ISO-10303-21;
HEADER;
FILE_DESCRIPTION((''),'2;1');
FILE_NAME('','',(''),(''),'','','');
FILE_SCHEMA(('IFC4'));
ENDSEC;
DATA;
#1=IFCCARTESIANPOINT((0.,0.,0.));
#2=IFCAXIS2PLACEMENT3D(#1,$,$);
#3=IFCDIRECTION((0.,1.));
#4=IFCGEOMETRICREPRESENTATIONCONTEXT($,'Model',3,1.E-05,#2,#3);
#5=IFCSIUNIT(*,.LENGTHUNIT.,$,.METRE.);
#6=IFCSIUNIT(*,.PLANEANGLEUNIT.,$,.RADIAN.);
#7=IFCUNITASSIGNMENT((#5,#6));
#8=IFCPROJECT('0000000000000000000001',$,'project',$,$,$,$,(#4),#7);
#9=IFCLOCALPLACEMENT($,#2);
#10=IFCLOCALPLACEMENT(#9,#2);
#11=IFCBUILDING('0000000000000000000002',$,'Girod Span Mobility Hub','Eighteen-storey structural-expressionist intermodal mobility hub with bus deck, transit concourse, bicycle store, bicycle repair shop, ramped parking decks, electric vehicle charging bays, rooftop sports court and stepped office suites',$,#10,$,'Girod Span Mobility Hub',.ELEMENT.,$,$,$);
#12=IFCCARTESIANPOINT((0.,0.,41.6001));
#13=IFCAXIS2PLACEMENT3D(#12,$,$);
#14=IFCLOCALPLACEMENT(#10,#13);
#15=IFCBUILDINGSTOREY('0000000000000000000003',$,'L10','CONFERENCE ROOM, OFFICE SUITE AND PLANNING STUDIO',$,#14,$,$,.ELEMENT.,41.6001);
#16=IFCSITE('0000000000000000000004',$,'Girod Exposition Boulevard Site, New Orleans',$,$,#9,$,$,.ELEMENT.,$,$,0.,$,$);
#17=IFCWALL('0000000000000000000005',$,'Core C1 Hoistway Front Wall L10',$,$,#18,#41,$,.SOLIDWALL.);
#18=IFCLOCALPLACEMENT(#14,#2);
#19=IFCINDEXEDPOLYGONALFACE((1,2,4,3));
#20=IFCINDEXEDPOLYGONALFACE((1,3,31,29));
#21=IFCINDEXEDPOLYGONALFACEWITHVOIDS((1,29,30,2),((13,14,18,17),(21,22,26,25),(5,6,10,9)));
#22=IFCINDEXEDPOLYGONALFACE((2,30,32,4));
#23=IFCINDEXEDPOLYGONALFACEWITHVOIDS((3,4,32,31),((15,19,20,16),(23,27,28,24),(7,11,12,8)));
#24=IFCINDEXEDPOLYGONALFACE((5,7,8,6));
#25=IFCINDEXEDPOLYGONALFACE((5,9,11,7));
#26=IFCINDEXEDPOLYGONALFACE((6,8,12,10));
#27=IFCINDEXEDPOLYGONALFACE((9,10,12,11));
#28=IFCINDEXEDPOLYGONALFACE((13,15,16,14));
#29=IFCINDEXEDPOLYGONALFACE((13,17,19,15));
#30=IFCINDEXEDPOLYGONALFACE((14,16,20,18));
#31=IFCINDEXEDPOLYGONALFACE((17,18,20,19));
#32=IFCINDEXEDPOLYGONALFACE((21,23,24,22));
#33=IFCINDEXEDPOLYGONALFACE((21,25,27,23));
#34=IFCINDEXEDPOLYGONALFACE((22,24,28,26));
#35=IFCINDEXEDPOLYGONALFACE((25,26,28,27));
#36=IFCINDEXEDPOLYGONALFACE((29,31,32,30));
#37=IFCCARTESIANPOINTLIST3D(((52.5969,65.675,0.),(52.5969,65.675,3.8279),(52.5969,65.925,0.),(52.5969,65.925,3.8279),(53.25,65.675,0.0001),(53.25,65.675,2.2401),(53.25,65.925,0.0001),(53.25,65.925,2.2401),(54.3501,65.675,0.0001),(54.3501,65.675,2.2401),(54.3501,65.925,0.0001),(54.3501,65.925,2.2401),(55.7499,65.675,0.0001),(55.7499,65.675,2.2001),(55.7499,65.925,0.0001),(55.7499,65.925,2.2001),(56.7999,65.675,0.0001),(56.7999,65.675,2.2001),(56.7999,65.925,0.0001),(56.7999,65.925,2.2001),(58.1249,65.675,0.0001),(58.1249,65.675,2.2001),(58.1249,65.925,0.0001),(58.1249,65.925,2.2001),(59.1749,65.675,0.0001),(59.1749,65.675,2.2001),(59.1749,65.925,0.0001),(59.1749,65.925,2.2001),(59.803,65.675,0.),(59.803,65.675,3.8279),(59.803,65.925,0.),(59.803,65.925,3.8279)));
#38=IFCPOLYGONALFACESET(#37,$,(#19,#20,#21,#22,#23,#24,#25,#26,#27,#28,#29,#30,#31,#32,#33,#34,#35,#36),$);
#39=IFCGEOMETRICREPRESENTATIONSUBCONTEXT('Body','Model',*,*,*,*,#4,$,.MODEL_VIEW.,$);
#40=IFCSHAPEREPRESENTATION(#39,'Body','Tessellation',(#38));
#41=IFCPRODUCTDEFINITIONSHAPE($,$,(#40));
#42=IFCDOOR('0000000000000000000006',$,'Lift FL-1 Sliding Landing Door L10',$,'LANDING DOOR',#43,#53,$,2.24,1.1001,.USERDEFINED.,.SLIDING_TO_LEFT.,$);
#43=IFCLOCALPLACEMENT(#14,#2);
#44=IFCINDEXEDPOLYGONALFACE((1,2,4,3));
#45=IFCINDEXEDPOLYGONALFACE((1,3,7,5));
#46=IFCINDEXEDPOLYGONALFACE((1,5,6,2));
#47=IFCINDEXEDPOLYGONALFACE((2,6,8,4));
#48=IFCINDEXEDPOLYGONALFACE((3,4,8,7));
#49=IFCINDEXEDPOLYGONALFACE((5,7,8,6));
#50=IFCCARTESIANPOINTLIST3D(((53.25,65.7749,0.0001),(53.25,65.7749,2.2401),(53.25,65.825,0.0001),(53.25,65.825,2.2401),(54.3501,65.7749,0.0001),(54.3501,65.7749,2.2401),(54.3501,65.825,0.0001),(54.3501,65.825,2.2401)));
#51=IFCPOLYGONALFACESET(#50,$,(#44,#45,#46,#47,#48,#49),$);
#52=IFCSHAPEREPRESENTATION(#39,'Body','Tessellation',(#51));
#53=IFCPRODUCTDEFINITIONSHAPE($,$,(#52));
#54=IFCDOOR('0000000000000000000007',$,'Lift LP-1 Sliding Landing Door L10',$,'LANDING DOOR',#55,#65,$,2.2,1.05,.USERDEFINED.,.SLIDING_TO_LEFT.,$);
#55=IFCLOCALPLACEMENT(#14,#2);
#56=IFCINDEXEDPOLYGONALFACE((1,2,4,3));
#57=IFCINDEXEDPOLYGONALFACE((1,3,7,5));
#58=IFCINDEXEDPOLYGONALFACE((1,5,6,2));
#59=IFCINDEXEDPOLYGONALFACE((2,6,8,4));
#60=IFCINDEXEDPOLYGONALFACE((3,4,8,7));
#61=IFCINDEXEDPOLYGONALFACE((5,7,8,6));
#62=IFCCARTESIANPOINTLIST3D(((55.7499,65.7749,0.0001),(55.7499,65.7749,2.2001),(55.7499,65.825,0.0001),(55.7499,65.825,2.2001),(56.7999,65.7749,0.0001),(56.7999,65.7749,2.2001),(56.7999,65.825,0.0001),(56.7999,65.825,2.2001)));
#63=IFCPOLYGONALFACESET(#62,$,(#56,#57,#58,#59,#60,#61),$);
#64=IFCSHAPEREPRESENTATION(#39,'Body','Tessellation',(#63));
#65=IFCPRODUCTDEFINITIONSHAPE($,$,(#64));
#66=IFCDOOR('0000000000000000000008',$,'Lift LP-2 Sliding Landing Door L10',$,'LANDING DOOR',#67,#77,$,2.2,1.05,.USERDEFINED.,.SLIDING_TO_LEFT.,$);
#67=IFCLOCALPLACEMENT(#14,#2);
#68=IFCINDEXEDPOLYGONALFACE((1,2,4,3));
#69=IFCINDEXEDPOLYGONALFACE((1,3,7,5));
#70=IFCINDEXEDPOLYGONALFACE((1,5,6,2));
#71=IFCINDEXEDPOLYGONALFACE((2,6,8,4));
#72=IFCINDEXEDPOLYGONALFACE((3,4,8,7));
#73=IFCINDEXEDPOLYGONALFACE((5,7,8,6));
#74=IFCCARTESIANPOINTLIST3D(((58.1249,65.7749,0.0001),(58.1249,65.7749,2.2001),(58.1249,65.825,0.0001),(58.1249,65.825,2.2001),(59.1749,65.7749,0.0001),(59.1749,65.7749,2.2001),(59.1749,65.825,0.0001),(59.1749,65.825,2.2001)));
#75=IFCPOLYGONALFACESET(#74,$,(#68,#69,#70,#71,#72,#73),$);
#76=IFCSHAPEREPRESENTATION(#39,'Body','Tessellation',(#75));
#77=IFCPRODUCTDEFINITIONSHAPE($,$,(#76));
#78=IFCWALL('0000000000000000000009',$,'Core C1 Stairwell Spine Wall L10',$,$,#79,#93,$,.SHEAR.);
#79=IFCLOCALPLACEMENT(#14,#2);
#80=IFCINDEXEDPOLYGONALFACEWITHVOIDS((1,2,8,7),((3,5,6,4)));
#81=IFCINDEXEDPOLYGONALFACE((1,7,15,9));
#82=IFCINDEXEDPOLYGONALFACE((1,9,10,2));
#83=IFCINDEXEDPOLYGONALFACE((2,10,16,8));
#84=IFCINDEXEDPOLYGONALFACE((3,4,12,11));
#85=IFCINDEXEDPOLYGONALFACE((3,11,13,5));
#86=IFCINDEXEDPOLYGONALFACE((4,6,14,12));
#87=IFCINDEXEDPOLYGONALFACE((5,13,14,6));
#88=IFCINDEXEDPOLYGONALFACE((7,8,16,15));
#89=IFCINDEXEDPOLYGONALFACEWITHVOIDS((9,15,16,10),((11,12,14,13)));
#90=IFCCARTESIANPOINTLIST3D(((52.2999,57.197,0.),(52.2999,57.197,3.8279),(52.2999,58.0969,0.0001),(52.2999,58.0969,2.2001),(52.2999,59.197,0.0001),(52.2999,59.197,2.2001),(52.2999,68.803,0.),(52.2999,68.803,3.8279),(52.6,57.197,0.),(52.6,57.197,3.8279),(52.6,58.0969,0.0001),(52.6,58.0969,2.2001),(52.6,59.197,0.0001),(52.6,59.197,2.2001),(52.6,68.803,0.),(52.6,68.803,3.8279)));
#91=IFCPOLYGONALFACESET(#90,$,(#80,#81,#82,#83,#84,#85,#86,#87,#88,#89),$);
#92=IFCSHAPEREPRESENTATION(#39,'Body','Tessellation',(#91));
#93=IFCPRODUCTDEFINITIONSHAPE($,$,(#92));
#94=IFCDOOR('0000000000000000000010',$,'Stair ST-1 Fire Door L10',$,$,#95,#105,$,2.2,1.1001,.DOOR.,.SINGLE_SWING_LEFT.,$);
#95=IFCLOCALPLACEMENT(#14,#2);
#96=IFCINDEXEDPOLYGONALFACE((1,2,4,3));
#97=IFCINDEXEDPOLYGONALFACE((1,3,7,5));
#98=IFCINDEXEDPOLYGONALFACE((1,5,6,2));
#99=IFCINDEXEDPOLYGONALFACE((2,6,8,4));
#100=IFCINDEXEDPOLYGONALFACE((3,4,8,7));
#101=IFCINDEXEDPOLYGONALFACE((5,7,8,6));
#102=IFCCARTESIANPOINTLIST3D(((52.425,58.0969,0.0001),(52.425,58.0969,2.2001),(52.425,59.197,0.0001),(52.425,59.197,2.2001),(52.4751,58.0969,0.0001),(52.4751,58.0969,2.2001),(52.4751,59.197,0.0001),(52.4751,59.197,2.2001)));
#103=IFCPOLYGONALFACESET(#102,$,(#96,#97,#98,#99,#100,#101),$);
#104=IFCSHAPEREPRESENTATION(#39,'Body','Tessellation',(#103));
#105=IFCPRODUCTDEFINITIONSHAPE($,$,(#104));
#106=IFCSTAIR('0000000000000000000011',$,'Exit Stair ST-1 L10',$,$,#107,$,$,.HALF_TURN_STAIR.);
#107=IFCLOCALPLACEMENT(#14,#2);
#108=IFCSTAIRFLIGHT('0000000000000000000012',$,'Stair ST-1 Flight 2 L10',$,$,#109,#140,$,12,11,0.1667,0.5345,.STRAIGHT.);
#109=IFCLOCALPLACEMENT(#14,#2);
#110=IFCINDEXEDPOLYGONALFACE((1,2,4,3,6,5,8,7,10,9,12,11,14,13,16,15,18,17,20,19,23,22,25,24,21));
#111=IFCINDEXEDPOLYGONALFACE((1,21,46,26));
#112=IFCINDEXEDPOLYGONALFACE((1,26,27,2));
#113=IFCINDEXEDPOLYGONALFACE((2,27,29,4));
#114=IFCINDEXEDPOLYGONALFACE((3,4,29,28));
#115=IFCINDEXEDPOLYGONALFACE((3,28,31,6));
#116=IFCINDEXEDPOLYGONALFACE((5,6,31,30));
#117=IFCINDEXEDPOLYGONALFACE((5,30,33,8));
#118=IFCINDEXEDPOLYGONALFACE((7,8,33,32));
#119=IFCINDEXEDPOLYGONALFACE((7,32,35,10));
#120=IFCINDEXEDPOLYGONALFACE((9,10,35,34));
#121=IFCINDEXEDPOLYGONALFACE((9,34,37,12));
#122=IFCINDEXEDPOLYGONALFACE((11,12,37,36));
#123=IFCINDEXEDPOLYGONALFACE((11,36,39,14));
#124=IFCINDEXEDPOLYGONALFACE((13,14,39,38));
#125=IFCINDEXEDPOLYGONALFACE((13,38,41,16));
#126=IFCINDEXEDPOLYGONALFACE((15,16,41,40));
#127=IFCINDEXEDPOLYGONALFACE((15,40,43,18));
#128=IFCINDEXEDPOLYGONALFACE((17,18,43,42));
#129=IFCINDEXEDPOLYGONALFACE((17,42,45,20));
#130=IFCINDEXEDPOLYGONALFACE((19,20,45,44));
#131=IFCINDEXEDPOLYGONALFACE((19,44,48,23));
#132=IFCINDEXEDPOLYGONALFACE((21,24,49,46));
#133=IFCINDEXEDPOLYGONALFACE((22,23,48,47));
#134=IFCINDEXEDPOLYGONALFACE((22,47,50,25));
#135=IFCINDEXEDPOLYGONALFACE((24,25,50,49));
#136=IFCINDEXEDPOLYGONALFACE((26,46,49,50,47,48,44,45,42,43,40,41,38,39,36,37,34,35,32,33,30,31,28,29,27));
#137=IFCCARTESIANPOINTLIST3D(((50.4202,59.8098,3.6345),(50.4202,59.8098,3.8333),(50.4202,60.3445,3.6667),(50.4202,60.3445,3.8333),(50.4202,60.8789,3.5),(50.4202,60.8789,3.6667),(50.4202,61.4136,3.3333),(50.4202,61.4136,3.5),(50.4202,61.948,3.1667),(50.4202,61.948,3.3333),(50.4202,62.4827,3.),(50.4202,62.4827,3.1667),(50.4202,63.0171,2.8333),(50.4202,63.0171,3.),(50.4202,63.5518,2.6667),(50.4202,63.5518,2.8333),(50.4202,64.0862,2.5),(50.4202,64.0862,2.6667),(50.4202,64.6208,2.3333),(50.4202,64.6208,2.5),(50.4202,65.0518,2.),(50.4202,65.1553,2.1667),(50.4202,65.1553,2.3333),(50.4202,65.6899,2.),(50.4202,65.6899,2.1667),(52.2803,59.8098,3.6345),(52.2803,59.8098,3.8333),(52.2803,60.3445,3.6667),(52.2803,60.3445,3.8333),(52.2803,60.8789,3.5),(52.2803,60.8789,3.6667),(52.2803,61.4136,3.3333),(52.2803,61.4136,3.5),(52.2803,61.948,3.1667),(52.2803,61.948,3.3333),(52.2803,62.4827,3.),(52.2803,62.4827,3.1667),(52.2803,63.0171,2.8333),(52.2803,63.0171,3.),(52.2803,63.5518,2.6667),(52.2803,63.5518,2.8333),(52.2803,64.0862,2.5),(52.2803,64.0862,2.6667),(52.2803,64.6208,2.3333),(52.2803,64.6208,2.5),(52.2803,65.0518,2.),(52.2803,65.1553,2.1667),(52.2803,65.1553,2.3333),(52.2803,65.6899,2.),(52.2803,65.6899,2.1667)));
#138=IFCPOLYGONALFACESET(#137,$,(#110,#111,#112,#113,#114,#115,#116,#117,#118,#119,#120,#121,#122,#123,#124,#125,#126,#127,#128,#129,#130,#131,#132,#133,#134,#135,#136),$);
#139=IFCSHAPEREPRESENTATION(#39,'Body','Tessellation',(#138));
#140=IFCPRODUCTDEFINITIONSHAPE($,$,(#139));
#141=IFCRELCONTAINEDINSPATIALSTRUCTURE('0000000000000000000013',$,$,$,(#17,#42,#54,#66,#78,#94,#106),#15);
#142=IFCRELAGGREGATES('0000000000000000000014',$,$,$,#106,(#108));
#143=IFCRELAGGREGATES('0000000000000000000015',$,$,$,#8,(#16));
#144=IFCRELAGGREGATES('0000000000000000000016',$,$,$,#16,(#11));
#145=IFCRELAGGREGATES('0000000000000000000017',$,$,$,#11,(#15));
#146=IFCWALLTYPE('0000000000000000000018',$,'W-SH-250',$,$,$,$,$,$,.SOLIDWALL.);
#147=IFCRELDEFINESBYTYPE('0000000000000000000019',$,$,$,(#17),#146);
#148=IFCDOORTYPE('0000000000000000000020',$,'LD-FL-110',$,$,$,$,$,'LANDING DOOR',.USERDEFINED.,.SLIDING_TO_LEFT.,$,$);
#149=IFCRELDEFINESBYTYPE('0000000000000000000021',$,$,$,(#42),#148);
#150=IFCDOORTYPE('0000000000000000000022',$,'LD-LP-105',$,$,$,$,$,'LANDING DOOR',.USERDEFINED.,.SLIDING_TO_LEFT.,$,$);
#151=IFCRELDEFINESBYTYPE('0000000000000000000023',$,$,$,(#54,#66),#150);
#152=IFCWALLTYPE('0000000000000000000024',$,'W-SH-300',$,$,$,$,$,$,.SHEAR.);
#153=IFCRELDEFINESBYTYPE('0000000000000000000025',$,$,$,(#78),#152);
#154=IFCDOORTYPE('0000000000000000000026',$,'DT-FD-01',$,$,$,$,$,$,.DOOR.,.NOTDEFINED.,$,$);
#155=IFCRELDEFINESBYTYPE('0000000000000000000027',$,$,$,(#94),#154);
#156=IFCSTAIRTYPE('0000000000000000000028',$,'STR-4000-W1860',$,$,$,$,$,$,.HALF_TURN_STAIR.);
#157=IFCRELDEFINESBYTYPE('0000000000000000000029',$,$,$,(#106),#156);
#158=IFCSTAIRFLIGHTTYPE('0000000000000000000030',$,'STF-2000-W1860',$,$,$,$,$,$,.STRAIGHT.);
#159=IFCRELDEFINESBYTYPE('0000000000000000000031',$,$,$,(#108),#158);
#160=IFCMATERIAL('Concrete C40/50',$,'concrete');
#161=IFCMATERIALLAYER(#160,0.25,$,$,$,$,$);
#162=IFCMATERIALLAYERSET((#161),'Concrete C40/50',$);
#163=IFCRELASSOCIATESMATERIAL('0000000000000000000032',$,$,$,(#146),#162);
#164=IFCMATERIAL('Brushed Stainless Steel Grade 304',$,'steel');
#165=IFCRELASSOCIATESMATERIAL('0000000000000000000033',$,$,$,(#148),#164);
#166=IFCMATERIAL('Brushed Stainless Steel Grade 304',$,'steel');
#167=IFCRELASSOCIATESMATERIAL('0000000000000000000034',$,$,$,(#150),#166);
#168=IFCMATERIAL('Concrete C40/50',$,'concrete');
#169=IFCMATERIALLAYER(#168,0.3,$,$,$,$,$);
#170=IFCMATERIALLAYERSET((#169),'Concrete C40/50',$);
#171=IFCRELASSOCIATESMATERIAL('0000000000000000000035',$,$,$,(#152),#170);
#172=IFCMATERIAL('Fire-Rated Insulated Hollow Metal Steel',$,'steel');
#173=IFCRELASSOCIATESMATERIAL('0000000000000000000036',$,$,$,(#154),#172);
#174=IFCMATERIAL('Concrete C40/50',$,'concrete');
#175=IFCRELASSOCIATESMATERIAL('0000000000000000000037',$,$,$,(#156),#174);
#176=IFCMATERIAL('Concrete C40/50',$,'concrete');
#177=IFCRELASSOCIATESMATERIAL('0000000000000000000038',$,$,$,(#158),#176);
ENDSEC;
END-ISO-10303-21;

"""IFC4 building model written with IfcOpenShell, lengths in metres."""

from ifc_helpers import new_model, si_unit, direction, frame, frame_2d, origin, place, context, subcontext, project, spatial, polyline, rectangle, outline, extrude, material, layer, layer_set, type_object, element, fill, aggregate, save


model = new_model("IFC4")

# Units and contexts
model_context = context("Model", 3, precision=1e-05, world=origin(), true_north=direction((0.0, 1.0)))
body_context = subcontext(model_context, "Body", "Model", "MODEL_VIEW")
ifc_project = project(units=[si_unit("LENGTHUNIT", "METRE"), si_unit("PLANEANGLEUNIT", "RADIAN")], contexts=[model_context])

# Site, building, storey
site_placement = place(None, origin())
site = spatial("IfcSite", under=ifc_project, at=site_placement, Name="Girod Exposition Boulevard Site, New Orleans", CompositionType="ELEMENT", RefElevation=0.0)
building_placement = place(site_placement, origin())
building = spatial("IfcBuilding", under=site, at=building_placement, Name="Girod Span Mobility Hub", Description="Eighteen-storey structural-expressionist intermodal mobility hub with bus deck, transit concourse, bicycle store, bicycle repair shop, ramped parking decks, electric vehicle charging bays, rooftop sports court and stepped office suites", LongName="Girod Span Mobility Hub", CompositionType="ELEMENT")
storey_placement = place(building_placement, frame((0.0, 0.0, 41.6001)))
storey = spatial("IfcBuildingStorey", under=building, at=storey_placement, Name="L10", Description="CONFERENCE ROOM, OFFICE SUITE AND PLANNING STUDIO", CompositionType="ELEMENT", Elevation=41.6001)

# Wall, openings, doors
ifc_material_1 = material(Name="Concrete C40/50", Category="concrete")
ifc_layer_1 = layer(ifc_material_1, 0.25)
ifc_layer_set_1 = layer_set([ifc_layer_1], Name="Concrete C40/50")
wall_type_1 = type_object("IfcWallType", Name="W-SH-250", PredefinedType="SOLIDWALL", material=ifc_layer_set_1)
wall_1_placement = place(storey_placement, frame((52.5969, 65.8, 0.0), z_axis=(0.0, 0.0, 1.0), x_axis=(1.0, 0.0, 0.0)))
wall_1 = element("IfcWall", 1, at=wall_1_placement, inside=storey, type_object=wall_type_1, Name="Core C1 Hoistway Front Wall L10", PredefinedType="SOLIDWALL", context=body_context, shape_type="SweptSolid", body=[
    extrude(rectangle(XDim=7.2061, YDim=0.25, at=frame_2d((3.603, 0.0))), origin(), (0.0, 0.0, 1.0), 3.8279),
])
opening_1_placement = place(wall_1_placement, frame((0.6531, 0.0, 0.0)))
opening_1 = element("IfcOpeningElement", 2, at=opening_1_placement, cuts=wall_1, PredefinedType="OPENING", context=body_context, shape_type="SweptSolid", body=[
    extrude(rectangle(XDim=1.1001, YDim=2.24, at=frame_2d((0.55, 1.1201))), frame((0.0, 0.1399, 0.0), z_axis=(0.0, -1.0, 0.0), x_axis=(1.0, 0.0, 0.0)), (0.0, 0.0, 1.0), 0.28),
])
opening_2_placement = place(wall_1_placement, frame((3.1531, 0.0, 0.0)))
opening_2 = element("IfcOpeningElement", 3, at=opening_2_placement, cuts=wall_1, PredefinedType="OPENING", context=body_context, shape_type="SweptSolid", body=[
    extrude(rectangle(XDim=1.05, YDim=2.2, at=frame_2d((0.5249, 1.1001))), frame((0.0, 0.1399, 0.0), z_axis=(0.0, -1.0, 0.0), x_axis=(1.0, 0.0, 0.0)), (0.0, 0.0, 1.0), 0.28),
])
opening_3_placement = place(wall_1_placement, frame((5.5281, 0.0, 0.0)))
opening_3 = element("IfcOpeningElement", 4, at=opening_3_placement, cuts=wall_1, PredefinedType="OPENING", context=body_context, shape_type="SweptSolid", body=[
    extrude(rectangle(XDim=1.05, YDim=2.2, at=frame_2d((0.5249, 1.1001))), frame((0.0, 0.1399, 0.0), z_axis=(0.0, -1.0, 0.0), x_axis=(1.0, 0.0, 0.0)), (0.0, 0.0, 1.0), 0.28),
])
ifc_material_2 = material(Name="Brushed Stainless Steel Grade 304", Category="steel")
door_type_1 = type_object("IfcDoorType", Name="LD-FL-110", ElementType="LANDING DOOR", OperationType="SLIDING_TO_LEFT", PredefinedType="USERDEFINED", material=ifc_material_2)
door_1_placement = place(opening_1_placement, origin())
door_1 = element("IfcDoor", 5, at=door_1_placement, inside=storey, type_object=door_type_1, Name="Lift FL-1 Sliding Landing Door L10", ObjectType="LANDING DOOR", OperationType="SLIDING_TO_LEFT", OverallHeight=2.24, OverallWidth=1.1001, PredefinedType="USERDEFINED", context=body_context, shape_type="SweptSolid", body=[
    extrude(rectangle(XDim=1.1001, YDim=2.24, at=frame_2d((0.55, 1.1201))), frame((0.0, 0.0249, 0.0), z_axis=(0.0, -1.0, 0.0), x_axis=(1.0, 0.0, 0.0)), (0.0, 0.0, 1.0), 0.05),
])
fill(opening_1, door_1)
ifc_material_3 = material(Name="Brushed Stainless Steel Grade 304", Category="steel")
door_type_2 = type_object("IfcDoorType", Name="LD-LP-105", ElementType="LANDING DOOR", OperationType="SLIDING_TO_LEFT", PredefinedType="USERDEFINED", material=ifc_material_3)
door_2_placement = place(opening_2_placement, origin())
door_2 = element("IfcDoor", 6, at=door_2_placement, inside=storey, type_object=door_type_2, Name="Lift LP-1 Sliding Landing Door L10", ObjectType="LANDING DOOR", OperationType="SLIDING_TO_LEFT", OverallHeight=2.2, OverallWidth=1.05, PredefinedType="USERDEFINED", context=body_context, shape_type="SweptSolid", body=[
    extrude(rectangle(XDim=1.05, YDim=2.2, at=frame_2d((0.5249, 1.1001))), frame((0.0, 0.0249, 0.0), z_axis=(0.0, -1.0, 0.0), x_axis=(1.0, 0.0, 0.0)), (0.0, 0.0, 1.0), 0.05),
])
fill(opening_2, door_2)
door_3_placement = place(opening_3_placement, origin())
door_3 = element("IfcDoor", 7, at=door_3_placement, inside=storey, type_object=door_type_2, Name="Lift LP-2 Sliding Landing Door L10", ObjectType="LANDING DOOR", OperationType="SLIDING_TO_LEFT", OverallHeight=2.2, OverallWidth=1.05, PredefinedType="USERDEFINED", context=body_context, shape_type="SweptSolid", body=[
    extrude(rectangle(XDim=1.05, YDim=2.2, at=frame_2d((0.5249, 1.1001))), frame((0.0, 0.0249, 0.0), z_axis=(0.0, -1.0, 0.0), x_axis=(1.0, 0.0, 0.0)), (0.0, 0.0, 1.0), 0.05),
])
fill(opening_3, door_3)

# Wall, opening, door
ifc_material_4 = material(Name="Concrete C40/50", Category="concrete")
ifc_layer_2 = layer(ifc_material_4, 0.3)
ifc_layer_set_2 = layer_set([ifc_layer_2], Name="Concrete C40/50")
wall_type_2 = type_object("IfcWallType", Name="W-SH-300", PredefinedType="SHEAR", material=ifc_layer_set_2)
wall_2_placement = place(storey_placement, frame((52.45, 57.197, 0.0), z_axis=(0.0, 0.0, 1.0), x_axis=(0.0, 1.0, 0.0)))
wall_2 = element("IfcWall", 8, at=wall_2_placement, inside=storey, type_object=wall_type_2, Name="Core C1 Stairwell Spine Wall L10", PredefinedType="SHEAR", context=body_context, shape_type="SweptSolid", body=[
    extrude(rectangle(XDim=11.606, YDim=0.3, at=frame_2d((5.803, 0.0))), origin(), (0.0, 0.0, 1.0), 3.8279),
])
opening_4_placement = place(wall_2_placement, frame((0.8999, 0.0, 0.0)))
opening_4 = element("IfcOpeningElement", 9, at=opening_4_placement, cuts=wall_2, PredefinedType="OPENING", context=body_context, shape_type="SweptSolid", body=[
    extrude(rectangle(XDim=1.1001, YDim=2.2, at=frame_2d((0.55, 1.1001))), frame((0.0, 0.165, 0.0), z_axis=(0.0, -1.0, 0.0), x_axis=(1.0, 0.0, 0.0)), (0.0, 0.0, 1.0), 0.3301),
])
ifc_material_5 = material(Name="Fire-Rated Insulated Hollow Metal Steel", Category="steel")
door_type_3 = type_object("IfcDoorType", Name="DT-FD-01", OperationType="NOTDEFINED", PredefinedType="DOOR", material=ifc_material_5)
door_4_placement = place(opening_4_placement, origin())
door_4 = element("IfcDoor", 10, at=door_4_placement, inside=storey, type_object=door_type_3, Name="Stair ST-1 Fire Door L10", OperationType="SINGLE_SWING_LEFT", OverallHeight=2.2, OverallWidth=1.1001, PredefinedType="DOOR", context=body_context, shape_type="SweptSolid", body=[
    extrude(rectangle(XDim=1.1001, YDim=2.2, at=frame_2d((0.55, 1.1001))), frame((0.0, 0.0249, 0.0), z_axis=(0.0, -1.0, 0.0), x_axis=(1.0, 0.0, 0.0)), (0.0, 0.0, 1.0), 0.05),
])
fill(opening_4, door_4)

# Stair, stair flight
ifc_material_6 = material(Name="Concrete C40/50", Category="concrete")
stair_type = type_object("IfcStairType", Name="STR-4000-W1860", PredefinedType="HALF_TURN_STAIR", material=ifc_material_6)
stair_placement = place(storey_placement, origin())
stair = element("IfcStair", 11, at=stair_placement, inside=storey, type_object=stair_type, Name="Exit Stair ST-1 L10", PredefinedType="HALF_TURN_STAIR")
ifc_material_7 = material(Name="Concrete C40/50", Category="concrete")
stair_flight_type = type_object("IfcStairFlightType", Name="STF-2000-W1860", PredefinedType="STRAIGHT", material=ifc_material_7)
stair_flight_placement = place(storey_placement, frame((51.3501, 65.6899, 2.0), z_axis=(0.0, 0.0, 1.0), x_axis=(0.0, -1.0, 0.0)))
stair_flight = element("IfcStairFlight", 12, at=stair_flight_placement, type_object=stair_flight_type, Name="Stair ST-1 Flight 2 L10", NumberOfRisers=12, NumberOfTreads=11, PredefinedType="STRAIGHT", RiserHeight=0.1667, TreadLength=0.5345, context=body_context, shape_type="SweptSolid", body=[
    extrude(outline(polyline([(0.0, 0.0), (0.0, 0.1667), (0.5347, 0.1667), (0.5347, 0.3333), (1.0691, 0.3333), (1.0691, 0.5), (1.6038, 0.5), (1.6038, 0.6667), (2.1382, 0.6667), (2.1382, 0.8333), (2.6729, 0.8333), (2.6729, 1.0), (3.2073, 1.0), (3.2073, 1.1667), (3.7419, 1.1667), (3.7419, 1.3333), (4.2764, 1.3333), (4.2764, 1.5), (4.811, 1.5), (4.811, 1.6667), (5.3455, 1.6667), (5.3455, 1.8333), (5.8801, 1.8333), (5.8801, 2.0), (5.8801, 1.6345), (0.6382, 0.0), (0.0, 0.0)])), frame((0.0, 0.9302, 0.0), z_axis=(0.0, -1.0, 0.0), x_axis=(1.0, 0.0, 0.0)), (0.0, 0.0, 1.0), 1.8601),
])
aggregate(stair, [stair_flight])

save(model, "model.ifc")
